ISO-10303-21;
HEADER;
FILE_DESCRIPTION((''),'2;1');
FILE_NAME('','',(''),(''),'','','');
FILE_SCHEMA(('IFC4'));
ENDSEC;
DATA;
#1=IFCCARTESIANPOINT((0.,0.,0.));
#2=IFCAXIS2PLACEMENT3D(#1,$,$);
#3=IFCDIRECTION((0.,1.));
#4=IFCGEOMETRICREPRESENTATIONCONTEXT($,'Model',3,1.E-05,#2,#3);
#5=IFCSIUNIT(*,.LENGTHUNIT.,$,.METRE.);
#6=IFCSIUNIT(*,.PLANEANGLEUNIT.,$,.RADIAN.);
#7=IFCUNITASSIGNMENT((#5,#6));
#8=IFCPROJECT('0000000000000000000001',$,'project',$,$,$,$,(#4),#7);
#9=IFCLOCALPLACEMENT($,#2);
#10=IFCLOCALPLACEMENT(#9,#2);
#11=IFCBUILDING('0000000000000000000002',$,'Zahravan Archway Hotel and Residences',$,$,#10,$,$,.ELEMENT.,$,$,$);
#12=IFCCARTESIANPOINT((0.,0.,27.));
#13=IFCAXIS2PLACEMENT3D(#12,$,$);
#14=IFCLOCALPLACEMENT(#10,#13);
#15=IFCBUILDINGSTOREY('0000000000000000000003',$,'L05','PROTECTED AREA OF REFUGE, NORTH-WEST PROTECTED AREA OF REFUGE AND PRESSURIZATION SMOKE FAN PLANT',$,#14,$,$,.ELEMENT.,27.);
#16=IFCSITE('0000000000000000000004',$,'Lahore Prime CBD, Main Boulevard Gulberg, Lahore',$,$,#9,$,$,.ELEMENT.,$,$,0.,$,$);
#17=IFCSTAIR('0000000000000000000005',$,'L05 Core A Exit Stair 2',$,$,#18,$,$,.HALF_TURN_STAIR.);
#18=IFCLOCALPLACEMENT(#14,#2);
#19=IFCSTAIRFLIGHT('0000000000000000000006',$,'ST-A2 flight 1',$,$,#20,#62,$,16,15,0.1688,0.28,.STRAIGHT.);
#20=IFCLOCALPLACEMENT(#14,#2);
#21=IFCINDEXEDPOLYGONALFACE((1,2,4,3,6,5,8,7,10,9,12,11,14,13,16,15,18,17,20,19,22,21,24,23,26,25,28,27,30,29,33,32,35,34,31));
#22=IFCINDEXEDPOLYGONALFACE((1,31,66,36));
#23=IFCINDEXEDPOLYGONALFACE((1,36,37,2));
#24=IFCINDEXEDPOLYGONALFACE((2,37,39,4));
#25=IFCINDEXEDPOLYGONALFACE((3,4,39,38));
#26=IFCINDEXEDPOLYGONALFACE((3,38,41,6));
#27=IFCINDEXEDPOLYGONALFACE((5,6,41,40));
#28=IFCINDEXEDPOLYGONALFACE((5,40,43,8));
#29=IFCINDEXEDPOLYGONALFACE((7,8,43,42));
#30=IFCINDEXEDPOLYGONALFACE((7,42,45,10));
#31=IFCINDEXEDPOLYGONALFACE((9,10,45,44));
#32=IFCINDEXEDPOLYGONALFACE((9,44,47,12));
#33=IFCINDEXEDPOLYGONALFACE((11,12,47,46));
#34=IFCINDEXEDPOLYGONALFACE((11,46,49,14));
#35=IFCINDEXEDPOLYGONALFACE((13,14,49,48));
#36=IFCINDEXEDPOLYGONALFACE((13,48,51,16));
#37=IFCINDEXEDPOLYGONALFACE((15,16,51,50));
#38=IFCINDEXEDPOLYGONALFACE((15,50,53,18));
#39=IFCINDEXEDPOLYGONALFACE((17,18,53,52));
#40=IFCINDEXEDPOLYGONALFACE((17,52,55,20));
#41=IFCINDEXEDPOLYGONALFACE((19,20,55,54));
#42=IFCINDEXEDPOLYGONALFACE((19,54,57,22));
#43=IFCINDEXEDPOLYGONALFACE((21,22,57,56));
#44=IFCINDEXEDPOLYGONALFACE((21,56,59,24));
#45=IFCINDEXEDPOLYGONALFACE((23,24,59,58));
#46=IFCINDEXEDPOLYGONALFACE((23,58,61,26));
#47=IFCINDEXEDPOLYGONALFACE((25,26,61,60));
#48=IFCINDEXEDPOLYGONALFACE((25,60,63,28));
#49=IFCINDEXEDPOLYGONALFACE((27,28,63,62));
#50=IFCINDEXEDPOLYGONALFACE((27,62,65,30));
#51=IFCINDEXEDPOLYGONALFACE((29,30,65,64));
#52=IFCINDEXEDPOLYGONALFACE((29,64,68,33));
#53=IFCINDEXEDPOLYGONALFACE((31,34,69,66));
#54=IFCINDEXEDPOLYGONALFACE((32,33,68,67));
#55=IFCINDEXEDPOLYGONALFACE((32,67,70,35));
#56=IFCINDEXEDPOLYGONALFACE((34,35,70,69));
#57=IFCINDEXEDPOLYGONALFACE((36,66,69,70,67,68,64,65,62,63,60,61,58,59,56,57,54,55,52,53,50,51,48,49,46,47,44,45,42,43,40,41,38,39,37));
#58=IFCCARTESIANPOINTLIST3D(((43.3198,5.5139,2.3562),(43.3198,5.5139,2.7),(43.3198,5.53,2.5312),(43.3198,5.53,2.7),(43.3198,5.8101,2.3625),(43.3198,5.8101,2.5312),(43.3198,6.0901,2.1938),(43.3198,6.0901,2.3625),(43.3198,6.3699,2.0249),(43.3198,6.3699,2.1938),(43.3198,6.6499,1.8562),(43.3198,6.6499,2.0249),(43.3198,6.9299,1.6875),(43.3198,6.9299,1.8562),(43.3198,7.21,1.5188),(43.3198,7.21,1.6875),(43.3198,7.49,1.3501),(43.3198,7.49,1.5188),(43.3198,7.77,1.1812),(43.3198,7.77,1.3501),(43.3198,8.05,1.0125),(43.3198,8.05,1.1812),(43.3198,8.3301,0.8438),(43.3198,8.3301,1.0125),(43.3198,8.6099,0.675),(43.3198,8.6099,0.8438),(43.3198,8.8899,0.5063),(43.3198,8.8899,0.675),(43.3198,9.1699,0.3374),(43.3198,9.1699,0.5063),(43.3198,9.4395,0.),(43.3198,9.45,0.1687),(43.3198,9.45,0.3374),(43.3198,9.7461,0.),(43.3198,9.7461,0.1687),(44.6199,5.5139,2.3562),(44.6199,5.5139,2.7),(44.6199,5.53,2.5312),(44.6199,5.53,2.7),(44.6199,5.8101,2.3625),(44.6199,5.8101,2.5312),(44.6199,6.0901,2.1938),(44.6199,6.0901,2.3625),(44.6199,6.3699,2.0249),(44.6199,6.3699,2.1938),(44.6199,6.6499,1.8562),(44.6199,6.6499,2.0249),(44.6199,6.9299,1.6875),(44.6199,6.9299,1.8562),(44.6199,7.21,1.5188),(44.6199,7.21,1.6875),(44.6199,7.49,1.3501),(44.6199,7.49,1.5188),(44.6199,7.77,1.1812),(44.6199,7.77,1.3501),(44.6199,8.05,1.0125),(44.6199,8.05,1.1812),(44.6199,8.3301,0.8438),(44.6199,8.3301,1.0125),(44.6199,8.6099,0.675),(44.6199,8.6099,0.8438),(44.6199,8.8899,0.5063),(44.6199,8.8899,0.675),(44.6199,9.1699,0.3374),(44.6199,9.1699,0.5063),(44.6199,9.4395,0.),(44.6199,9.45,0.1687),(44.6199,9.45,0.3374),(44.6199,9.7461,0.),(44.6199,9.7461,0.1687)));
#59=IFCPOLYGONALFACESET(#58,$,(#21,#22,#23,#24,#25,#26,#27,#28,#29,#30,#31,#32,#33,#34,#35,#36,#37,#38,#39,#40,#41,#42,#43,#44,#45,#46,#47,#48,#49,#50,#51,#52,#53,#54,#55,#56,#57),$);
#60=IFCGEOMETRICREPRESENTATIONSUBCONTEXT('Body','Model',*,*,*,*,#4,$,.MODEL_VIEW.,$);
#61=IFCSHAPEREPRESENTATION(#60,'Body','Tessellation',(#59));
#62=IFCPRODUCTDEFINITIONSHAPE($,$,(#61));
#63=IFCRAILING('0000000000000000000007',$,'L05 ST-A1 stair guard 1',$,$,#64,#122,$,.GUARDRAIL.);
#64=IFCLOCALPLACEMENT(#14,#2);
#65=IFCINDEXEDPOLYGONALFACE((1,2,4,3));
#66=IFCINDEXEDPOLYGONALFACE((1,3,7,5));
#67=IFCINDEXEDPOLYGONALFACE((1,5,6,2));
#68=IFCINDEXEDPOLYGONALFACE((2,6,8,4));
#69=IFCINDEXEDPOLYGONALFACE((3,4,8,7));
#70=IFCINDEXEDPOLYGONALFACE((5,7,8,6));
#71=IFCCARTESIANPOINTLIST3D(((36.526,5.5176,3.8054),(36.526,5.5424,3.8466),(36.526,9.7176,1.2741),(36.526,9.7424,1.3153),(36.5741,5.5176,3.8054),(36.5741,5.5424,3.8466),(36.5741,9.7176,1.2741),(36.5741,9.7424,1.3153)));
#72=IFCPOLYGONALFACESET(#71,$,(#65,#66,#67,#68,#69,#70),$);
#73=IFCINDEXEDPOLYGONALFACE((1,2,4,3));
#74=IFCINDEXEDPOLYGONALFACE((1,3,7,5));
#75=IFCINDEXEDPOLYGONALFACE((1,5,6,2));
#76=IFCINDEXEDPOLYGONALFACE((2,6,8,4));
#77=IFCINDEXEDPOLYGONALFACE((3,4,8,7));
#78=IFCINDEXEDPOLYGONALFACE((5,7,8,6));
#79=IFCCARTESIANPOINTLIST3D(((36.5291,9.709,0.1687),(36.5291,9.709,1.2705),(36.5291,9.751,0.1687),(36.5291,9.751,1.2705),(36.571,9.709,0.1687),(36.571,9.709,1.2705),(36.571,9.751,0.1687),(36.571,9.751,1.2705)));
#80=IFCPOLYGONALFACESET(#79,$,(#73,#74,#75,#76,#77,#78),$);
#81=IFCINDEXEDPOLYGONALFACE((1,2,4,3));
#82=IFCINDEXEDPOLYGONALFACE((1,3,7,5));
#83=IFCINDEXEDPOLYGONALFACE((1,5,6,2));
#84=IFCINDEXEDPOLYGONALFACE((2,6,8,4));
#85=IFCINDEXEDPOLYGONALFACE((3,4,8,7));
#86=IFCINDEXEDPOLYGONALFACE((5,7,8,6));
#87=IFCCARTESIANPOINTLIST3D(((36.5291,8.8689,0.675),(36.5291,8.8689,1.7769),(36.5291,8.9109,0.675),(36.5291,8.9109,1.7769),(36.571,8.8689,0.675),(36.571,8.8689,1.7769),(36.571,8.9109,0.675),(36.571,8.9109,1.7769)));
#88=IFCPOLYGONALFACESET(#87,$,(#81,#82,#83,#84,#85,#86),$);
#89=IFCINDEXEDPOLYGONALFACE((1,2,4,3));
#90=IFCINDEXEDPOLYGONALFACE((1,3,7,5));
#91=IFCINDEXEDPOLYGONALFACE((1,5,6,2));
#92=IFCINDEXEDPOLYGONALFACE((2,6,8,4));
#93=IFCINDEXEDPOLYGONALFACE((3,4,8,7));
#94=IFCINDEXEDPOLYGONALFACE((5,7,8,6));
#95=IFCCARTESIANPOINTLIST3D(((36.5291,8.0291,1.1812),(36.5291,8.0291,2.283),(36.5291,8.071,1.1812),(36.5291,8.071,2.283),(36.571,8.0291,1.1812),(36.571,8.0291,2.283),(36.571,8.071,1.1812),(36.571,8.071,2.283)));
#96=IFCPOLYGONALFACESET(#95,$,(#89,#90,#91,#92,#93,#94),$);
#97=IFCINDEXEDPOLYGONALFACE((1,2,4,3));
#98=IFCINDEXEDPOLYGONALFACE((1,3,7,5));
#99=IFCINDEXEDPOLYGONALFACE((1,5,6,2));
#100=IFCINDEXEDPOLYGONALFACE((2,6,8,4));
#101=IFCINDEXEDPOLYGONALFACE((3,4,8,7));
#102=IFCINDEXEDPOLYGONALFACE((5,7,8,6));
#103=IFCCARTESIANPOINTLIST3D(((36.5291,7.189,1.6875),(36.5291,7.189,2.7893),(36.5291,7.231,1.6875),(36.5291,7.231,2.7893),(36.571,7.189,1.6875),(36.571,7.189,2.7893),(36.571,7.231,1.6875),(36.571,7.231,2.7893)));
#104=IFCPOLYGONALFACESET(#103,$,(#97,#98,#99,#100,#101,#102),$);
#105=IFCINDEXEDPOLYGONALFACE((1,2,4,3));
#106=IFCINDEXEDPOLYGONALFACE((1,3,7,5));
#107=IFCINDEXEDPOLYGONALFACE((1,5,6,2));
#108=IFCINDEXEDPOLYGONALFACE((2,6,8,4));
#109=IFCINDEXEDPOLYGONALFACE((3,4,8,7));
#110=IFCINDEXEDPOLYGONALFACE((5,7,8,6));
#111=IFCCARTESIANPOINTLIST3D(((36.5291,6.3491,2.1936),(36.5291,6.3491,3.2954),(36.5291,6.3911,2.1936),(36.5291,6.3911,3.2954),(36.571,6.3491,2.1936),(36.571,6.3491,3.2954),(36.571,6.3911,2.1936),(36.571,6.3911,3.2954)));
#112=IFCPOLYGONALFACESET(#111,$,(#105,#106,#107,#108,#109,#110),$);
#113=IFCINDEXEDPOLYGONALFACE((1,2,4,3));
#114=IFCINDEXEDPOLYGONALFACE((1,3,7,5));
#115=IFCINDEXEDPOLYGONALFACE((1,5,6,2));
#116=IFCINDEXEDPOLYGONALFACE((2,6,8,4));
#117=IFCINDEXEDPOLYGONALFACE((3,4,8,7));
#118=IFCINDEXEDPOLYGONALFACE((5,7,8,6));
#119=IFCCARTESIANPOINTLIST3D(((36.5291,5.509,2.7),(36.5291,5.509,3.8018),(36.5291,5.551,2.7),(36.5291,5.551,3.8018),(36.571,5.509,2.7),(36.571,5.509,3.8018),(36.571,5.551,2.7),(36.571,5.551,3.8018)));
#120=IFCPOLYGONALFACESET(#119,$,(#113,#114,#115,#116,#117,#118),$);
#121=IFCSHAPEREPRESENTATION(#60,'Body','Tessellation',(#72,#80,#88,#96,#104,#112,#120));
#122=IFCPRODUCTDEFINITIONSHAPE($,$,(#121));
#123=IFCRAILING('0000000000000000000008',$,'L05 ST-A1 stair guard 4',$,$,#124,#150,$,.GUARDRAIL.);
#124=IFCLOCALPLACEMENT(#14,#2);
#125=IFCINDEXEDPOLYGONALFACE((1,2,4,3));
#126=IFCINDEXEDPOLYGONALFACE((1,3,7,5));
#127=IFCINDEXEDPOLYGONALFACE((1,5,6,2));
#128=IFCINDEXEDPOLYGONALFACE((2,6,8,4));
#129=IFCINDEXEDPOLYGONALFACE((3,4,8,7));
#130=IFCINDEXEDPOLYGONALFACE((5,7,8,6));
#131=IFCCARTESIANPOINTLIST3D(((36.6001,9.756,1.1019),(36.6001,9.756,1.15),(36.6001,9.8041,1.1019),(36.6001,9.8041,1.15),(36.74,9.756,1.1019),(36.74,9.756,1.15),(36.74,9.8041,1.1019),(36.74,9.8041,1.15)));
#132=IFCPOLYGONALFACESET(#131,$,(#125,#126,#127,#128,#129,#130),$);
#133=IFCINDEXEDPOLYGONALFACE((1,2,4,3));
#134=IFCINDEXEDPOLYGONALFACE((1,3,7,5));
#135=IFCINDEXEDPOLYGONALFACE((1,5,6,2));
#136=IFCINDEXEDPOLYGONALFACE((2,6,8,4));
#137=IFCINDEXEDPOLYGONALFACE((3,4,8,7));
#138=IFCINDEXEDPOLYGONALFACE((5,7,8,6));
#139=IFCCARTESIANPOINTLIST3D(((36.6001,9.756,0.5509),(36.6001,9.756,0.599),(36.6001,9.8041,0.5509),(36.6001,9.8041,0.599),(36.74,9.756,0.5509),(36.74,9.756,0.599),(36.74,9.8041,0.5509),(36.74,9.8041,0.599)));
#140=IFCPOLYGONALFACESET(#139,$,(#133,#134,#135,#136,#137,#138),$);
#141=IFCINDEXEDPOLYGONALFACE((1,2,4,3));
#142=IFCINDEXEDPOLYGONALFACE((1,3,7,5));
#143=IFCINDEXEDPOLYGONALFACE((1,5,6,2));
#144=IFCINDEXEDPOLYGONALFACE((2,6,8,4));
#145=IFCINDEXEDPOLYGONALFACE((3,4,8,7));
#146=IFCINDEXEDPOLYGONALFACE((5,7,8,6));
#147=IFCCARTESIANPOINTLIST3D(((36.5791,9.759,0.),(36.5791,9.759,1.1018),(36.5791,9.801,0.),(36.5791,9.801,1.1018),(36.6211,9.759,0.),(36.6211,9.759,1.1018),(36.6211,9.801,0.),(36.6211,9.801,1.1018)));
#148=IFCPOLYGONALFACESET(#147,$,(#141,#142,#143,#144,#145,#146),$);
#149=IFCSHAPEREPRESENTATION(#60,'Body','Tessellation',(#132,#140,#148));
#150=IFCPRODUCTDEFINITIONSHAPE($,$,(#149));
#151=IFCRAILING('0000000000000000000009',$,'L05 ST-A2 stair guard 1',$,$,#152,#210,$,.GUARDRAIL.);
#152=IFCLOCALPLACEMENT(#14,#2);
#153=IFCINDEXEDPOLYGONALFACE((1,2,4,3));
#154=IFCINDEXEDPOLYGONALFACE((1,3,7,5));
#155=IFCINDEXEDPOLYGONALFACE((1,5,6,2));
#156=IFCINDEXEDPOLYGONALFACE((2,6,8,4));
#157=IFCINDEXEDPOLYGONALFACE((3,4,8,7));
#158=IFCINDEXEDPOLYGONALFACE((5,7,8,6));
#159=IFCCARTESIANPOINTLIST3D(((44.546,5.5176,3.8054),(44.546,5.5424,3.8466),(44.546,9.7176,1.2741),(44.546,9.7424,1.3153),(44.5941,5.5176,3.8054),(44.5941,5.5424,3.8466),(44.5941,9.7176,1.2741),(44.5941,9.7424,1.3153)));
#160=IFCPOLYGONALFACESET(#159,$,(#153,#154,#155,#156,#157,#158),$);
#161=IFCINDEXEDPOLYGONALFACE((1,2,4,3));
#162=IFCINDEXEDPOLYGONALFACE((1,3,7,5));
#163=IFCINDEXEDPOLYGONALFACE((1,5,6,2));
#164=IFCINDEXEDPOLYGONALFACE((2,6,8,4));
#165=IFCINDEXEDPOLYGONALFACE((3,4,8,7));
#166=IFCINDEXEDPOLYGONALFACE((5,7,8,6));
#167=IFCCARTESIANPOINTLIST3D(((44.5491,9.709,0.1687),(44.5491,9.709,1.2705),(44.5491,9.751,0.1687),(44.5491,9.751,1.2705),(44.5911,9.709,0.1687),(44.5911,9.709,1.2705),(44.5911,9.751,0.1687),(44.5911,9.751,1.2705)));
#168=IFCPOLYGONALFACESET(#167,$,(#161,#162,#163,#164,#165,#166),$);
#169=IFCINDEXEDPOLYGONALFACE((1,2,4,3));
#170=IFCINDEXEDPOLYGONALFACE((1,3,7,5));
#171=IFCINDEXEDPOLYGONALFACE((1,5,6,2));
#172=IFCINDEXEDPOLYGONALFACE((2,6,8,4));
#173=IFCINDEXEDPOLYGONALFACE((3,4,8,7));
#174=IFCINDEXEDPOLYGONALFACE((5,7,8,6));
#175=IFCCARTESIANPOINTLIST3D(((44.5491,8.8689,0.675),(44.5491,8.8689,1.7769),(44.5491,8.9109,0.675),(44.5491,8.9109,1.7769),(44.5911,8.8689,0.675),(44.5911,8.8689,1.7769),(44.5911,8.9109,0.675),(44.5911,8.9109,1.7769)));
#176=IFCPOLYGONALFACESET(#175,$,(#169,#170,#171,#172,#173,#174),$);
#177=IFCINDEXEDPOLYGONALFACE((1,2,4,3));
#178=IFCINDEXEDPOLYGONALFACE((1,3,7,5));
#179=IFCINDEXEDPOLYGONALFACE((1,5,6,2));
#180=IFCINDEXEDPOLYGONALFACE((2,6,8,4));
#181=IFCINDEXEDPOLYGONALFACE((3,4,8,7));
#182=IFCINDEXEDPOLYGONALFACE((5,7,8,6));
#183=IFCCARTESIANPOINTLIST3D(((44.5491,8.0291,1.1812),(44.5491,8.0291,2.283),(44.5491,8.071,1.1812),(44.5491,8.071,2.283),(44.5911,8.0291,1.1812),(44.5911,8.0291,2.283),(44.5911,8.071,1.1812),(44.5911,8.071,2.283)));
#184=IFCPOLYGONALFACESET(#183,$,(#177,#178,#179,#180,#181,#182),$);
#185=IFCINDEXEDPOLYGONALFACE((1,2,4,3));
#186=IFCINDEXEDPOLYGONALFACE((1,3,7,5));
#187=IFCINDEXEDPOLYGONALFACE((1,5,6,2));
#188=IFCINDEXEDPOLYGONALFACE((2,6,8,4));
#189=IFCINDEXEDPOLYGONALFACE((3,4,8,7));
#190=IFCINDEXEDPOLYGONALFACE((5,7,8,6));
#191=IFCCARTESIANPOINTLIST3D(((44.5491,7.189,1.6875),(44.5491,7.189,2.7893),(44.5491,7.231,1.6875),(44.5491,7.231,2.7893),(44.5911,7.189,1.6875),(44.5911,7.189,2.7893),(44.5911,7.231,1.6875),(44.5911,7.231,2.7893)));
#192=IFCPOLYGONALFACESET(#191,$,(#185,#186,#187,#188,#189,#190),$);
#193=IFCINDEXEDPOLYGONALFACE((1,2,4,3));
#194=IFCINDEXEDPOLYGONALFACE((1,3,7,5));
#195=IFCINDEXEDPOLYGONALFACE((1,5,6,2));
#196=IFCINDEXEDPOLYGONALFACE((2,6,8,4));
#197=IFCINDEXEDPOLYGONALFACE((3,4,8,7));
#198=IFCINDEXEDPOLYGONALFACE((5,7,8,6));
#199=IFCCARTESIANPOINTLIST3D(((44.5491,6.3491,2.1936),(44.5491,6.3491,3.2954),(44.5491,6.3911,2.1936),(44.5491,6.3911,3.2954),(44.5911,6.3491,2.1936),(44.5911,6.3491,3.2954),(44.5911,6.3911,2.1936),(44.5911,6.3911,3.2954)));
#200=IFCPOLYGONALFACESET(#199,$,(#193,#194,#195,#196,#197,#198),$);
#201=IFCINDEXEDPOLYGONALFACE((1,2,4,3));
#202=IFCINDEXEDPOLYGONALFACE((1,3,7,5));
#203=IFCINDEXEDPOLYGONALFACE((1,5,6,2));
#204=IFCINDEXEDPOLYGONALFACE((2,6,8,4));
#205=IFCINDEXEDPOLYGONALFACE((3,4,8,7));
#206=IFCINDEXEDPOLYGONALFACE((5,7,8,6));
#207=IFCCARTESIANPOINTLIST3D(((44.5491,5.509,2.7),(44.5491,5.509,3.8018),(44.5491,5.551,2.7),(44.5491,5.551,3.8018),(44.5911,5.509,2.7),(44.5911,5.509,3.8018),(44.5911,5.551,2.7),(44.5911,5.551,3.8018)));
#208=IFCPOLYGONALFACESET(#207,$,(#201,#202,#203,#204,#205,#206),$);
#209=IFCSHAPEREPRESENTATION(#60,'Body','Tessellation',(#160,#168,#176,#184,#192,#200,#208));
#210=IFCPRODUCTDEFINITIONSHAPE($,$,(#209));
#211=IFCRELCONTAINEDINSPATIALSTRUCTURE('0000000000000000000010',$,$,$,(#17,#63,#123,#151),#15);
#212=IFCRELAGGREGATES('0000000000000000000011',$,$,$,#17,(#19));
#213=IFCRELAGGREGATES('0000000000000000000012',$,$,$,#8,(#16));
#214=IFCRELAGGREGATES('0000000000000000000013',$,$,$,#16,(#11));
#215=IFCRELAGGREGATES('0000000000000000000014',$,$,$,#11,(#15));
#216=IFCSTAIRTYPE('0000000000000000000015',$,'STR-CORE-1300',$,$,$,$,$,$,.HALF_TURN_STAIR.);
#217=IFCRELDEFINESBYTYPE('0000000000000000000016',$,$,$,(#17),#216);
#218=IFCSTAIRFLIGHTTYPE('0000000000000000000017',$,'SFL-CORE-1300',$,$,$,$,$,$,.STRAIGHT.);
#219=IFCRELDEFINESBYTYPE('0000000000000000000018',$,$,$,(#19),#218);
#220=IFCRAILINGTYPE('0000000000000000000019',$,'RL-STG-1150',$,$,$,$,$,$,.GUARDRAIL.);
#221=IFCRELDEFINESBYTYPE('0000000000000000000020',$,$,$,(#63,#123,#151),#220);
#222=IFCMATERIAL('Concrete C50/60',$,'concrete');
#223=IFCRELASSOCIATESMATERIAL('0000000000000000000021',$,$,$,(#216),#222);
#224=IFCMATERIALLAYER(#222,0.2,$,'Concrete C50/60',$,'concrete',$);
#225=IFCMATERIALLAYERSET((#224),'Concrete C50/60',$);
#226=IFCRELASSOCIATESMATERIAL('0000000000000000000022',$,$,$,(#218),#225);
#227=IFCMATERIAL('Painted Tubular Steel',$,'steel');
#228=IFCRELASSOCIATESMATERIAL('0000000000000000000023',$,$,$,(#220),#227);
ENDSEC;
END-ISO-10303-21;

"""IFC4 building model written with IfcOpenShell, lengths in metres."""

from ifc_helpers import new_model, si_unit, direction, frame, origin, origin_2d, place, context, subcontext, project, spatial, polyline, rectangle, outline, extrude, source, transform, mapped, material, layer, layer_set, type_object, element, aggregate, save


model = new_model("IFC4")

# Units and contexts
model_context = context("Model", 3, precision=1e-05, world=origin(), true_north=direction((0.0, 1.0)))
body_context = subcontext(model_context, "Body", "Model", "MODEL_VIEW")
ifc_project = project(units=[si_unit("LENGTHUNIT", "METRE"), si_unit("PLANEANGLEUNIT", "RADIAN")], contexts=[model_context])

# Site, building, storey
site_placement = place(None, origin())
site = spatial("IfcSite", under=ifc_project, at=site_placement, Name="Lahore Prime CBD, Main Boulevard Gulberg, Lahore", CompositionType="ELEMENT", RefElevation=0.0)
building_placement = place(site_placement, origin())
building = spatial("IfcBuilding", under=site, at=building_placement, Name="Zahravan Archway Hotel and Residences", CompositionType="ELEMENT")
storey_placement = place(building_placement, frame((0.0, 0.0, 27.0)))
storey = spatial("IfcBuildingStorey", under=building, at=storey_placement, Name="L05", Description="PROTECTED AREA OF REFUGE, NORTH-WEST PROTECTED AREA OF REFUGE AND PRESSURIZATION SMOKE FAN PLANT", CompositionType="ELEMENT", Elevation=27.0)

# Shared definitions
ifc_material_1 = material(Name="Concrete C50/60", Category="concrete")

# Stair, stair flight
stair_type = type_object("IfcStairType", Name="STR-CORE-1300", PredefinedType="HALF_TURN_STAIR", material=ifc_material_1)
ifc_layer_1 = layer(ifc_material_1, 0.2, Name="Concrete C50/60", Category="concrete")
ifc_layer_set_1 = layer_set([ifc_layer_1], Name="Concrete C50/60")
stair_flight_type = type_object("IfcStairFlightType", Name="SFL-CORE-1300", PredefinedType="STRAIGHT", material=ifc_layer_set_1)
shared_shape_1 = source(origin(), body_context, "Body", "SweptSolid", [
    extrude(outline(polyline([(-0.0161, 0.0), (-0.0161, 0.1687), (0.28, 0.1687), (0.28, 0.3374), (0.5601, 0.3374), (0.5601, 0.5063), (0.8401, 0.5063), (0.8401, 0.675), (1.1201, 0.675), (1.1201, 0.8438), (1.3999, 0.8438), (1.3999, 1.0125), (1.6799, 1.0125), (1.6799, 1.1812), (1.96, 1.1812), (1.96, 1.3501), (2.24, 1.3501), (2.24, 1.5188), (2.52, 1.5188), (2.52, 1.6875), (2.8, 1.6875), (2.8, 1.8562), (3.0801, 1.8562), (3.0801, 2.0249), (3.3601, 2.0249), (3.3601, 2.1938), (3.6399, 2.1938), (3.6399, 2.3625), (3.9199, 2.3625), (3.9199, 2.5312), (4.2, 2.5312), (4.2, 2.7), (4.2161, 2.7), (4.2161, 2.3562), (0.2905, 0.0), (-0.0161, 0.0)])), frame((0.0, 0.6499, 0.0), z_axis=(0.0, -1.0, 0.0), x_axis=(1.0, 0.0, 0.0)), (0.0, 0.0, 1.0), 1.3),
])
stair_1_placement = place(storey_placement, origin())
stair_1 = element("IfcStair", 1, at=stair_1_placement, inside=storey, type_object=stair_type, Name="L05 Core A Exit Stair 2", PredefinedType="HALF_TURN_STAIR")
stair_flight_1_placement = place(storey_placement, frame((43.97, 9.73, 0.0), z_axis=(0.0, 0.0, 1.0), x_axis=(0.0, -1.0, 0.0)))
stair_flight_1 = element("IfcStairFlight", 2, at=stair_flight_1_placement, type_object=stair_flight_type, Name="ST-A2 flight 1", NumberOfRisers=16, NumberOfTreads=15, PredefinedType="STRAIGHT", RiserHeight=0.1688, TreadLength=0.28, context=body_context, shape_type="MappedRepresentation", body=[
    mapped(shared_shape_1, transform((0.0, 0.0, 0.0), scale=1.0)),
])
aggregate(stair_1, [stair_flight_1])

# Railings
ifc_material_2 = material(Name="Painted Tubular Steel", Category="steel")
railing_type_1 = type_object("IfcRailingType", Name="RL-STG-1150", PredefinedType="GUARDRAIL", material=ifc_material_2)
railing_1_placement = place(storey_placement, frame((36.55, 9.73, 0.1687)))
element("IfcRailing", 3, at=railing_1_placement, inside=storey, type_object=railing_type_1, Name="L05 ST-A1 stair guard 1", PredefinedType="GUARDRAIL", context=body_context, shape_type="SweptSolid", body=[
    extrude(rectangle(XDim=0.0481, YDim=0.0481, at=origin_2d()), frame((0.0, 0.0, 1.126), z_axis=(0.0, -0.856476, 0.516186), x_axis=(1.0, 0.0, 0.0)), (0.0, 0.0, 1.0), 4.9038),
    extrude(rectangle(XDim=0.042, YDim=0.042, at=origin_2d()), origin(), (0.0, 0.0, 1.0), 1.1018),
    extrude(rectangle(XDim=0.042, YDim=0.042, at=origin_2d()), frame((0.0, -0.8401, 0.5063)), (0.0, 0.0, 1.0), 1.1018),
    extrude(rectangle(XDim=0.042, YDim=0.042, at=origin_2d()), frame((0.0, -1.6799, 1.0125)), (0.0, 0.0, 1.0), 1.1018),
    extrude(rectangle(XDim=0.042, YDim=0.042, at=origin_2d()), frame((0.0, -2.52, 1.5188)), (0.0, 0.0, 1.0), 1.1018),
    extrude(rectangle(XDim=0.042, YDim=0.042, at=origin_2d()), frame((0.0, -3.3599, 2.0249)), (0.0, 0.0, 1.0), 1.1018),
    extrude(rectangle(XDim=0.042, YDim=0.042, at=origin_2d()), frame((0.0, -4.2, 2.5312)), (0.0, 0.0, 1.0), 1.1018),
])
railing_2_placement = place(storey_placement, frame((36.6001, 9.78, 0.0)))
element("IfcRailing", 4, at=railing_2_placement, inside=storey, type_object=railing_type_1, Name="L05 ST-A1 stair guard 4", PredefinedType="GUARDRAIL", context=body_context, shape_type="SweptSolid", body=[
    extrude(rectangle(XDim=0.0481, YDim=0.0481, at=origin_2d()), frame((0.0, 0.0, 1.126), z_axis=(1.0, 0.0, 0.0), x_axis=(0.0, 1.0, 0.0)), (0.0, 0.0, 1.0), 0.1399),
    extrude(rectangle(XDim=0.0481, YDim=0.0481, at=origin_2d()), frame((0.0, 0.0, 0.575), z_axis=(1.0, 0.0, 0.0), x_axis=(0.0, 1.0, 0.0)), (0.0, 0.0, 1.0), 0.1399),
    extrude(rectangle(XDim=0.042, YDim=0.042, at=origin_2d()), origin(), (0.0, 0.0, 1.0), 1.1018),
])
railing_3_placement = place(storey_placement, frame((44.5701, 9.73, 0.1687)))
element("IfcRailing", 5, at=railing_3_placement, inside=storey, type_object=railing_type_1, Name="L05 ST-A2 stair guard 1", PredefinedType="GUARDRAIL", context=body_context, shape_type="SweptSolid", body=[
    extrude(rectangle(XDim=0.0481, YDim=0.0481, at=origin_2d()), frame((0.0, 0.0, 1.126), z_axis=(0.0, -0.856476, 0.516186), x_axis=(1.0, 0.0, 0.0)), (0.0, 0.0, 1.0), 4.9038),
    extrude(rectangle(XDim=0.042, YDim=0.042, at=origin_2d()), origin(), (0.0, 0.0, 1.0), 1.1018),
    extrude(rectangle(XDim=0.042, YDim=0.042, at=origin_2d()), frame((0.0, -0.8401, 0.5063)), (0.0, 0.0, 1.0), 1.1018),
    extrude(rectangle(XDim=0.042, YDim=0.042, at=origin_2d()), frame((0.0, -1.6799, 1.0125)), (0.0, 0.0, 1.0), 1.1018),
    extrude(rectangle(XDim=0.042, YDim=0.042, at=origin_2d()), frame((0.0, -2.52, 1.5188)), (0.0, 0.0, 1.0), 1.1018),
    extrude(rectangle(XDim=0.042, YDim=0.042, at=origin_2d()), frame((0.0, -3.3599, 2.0249)), (0.0, 0.0, 1.0), 1.1018),
    extrude(rectangle(XDim=0.042, YDim=0.042, at=origin_2d()), frame((0.0, -4.2, 2.5312)), (0.0, 0.0, 1.0), 1.1018),
])

save(model, "model.ifc")
